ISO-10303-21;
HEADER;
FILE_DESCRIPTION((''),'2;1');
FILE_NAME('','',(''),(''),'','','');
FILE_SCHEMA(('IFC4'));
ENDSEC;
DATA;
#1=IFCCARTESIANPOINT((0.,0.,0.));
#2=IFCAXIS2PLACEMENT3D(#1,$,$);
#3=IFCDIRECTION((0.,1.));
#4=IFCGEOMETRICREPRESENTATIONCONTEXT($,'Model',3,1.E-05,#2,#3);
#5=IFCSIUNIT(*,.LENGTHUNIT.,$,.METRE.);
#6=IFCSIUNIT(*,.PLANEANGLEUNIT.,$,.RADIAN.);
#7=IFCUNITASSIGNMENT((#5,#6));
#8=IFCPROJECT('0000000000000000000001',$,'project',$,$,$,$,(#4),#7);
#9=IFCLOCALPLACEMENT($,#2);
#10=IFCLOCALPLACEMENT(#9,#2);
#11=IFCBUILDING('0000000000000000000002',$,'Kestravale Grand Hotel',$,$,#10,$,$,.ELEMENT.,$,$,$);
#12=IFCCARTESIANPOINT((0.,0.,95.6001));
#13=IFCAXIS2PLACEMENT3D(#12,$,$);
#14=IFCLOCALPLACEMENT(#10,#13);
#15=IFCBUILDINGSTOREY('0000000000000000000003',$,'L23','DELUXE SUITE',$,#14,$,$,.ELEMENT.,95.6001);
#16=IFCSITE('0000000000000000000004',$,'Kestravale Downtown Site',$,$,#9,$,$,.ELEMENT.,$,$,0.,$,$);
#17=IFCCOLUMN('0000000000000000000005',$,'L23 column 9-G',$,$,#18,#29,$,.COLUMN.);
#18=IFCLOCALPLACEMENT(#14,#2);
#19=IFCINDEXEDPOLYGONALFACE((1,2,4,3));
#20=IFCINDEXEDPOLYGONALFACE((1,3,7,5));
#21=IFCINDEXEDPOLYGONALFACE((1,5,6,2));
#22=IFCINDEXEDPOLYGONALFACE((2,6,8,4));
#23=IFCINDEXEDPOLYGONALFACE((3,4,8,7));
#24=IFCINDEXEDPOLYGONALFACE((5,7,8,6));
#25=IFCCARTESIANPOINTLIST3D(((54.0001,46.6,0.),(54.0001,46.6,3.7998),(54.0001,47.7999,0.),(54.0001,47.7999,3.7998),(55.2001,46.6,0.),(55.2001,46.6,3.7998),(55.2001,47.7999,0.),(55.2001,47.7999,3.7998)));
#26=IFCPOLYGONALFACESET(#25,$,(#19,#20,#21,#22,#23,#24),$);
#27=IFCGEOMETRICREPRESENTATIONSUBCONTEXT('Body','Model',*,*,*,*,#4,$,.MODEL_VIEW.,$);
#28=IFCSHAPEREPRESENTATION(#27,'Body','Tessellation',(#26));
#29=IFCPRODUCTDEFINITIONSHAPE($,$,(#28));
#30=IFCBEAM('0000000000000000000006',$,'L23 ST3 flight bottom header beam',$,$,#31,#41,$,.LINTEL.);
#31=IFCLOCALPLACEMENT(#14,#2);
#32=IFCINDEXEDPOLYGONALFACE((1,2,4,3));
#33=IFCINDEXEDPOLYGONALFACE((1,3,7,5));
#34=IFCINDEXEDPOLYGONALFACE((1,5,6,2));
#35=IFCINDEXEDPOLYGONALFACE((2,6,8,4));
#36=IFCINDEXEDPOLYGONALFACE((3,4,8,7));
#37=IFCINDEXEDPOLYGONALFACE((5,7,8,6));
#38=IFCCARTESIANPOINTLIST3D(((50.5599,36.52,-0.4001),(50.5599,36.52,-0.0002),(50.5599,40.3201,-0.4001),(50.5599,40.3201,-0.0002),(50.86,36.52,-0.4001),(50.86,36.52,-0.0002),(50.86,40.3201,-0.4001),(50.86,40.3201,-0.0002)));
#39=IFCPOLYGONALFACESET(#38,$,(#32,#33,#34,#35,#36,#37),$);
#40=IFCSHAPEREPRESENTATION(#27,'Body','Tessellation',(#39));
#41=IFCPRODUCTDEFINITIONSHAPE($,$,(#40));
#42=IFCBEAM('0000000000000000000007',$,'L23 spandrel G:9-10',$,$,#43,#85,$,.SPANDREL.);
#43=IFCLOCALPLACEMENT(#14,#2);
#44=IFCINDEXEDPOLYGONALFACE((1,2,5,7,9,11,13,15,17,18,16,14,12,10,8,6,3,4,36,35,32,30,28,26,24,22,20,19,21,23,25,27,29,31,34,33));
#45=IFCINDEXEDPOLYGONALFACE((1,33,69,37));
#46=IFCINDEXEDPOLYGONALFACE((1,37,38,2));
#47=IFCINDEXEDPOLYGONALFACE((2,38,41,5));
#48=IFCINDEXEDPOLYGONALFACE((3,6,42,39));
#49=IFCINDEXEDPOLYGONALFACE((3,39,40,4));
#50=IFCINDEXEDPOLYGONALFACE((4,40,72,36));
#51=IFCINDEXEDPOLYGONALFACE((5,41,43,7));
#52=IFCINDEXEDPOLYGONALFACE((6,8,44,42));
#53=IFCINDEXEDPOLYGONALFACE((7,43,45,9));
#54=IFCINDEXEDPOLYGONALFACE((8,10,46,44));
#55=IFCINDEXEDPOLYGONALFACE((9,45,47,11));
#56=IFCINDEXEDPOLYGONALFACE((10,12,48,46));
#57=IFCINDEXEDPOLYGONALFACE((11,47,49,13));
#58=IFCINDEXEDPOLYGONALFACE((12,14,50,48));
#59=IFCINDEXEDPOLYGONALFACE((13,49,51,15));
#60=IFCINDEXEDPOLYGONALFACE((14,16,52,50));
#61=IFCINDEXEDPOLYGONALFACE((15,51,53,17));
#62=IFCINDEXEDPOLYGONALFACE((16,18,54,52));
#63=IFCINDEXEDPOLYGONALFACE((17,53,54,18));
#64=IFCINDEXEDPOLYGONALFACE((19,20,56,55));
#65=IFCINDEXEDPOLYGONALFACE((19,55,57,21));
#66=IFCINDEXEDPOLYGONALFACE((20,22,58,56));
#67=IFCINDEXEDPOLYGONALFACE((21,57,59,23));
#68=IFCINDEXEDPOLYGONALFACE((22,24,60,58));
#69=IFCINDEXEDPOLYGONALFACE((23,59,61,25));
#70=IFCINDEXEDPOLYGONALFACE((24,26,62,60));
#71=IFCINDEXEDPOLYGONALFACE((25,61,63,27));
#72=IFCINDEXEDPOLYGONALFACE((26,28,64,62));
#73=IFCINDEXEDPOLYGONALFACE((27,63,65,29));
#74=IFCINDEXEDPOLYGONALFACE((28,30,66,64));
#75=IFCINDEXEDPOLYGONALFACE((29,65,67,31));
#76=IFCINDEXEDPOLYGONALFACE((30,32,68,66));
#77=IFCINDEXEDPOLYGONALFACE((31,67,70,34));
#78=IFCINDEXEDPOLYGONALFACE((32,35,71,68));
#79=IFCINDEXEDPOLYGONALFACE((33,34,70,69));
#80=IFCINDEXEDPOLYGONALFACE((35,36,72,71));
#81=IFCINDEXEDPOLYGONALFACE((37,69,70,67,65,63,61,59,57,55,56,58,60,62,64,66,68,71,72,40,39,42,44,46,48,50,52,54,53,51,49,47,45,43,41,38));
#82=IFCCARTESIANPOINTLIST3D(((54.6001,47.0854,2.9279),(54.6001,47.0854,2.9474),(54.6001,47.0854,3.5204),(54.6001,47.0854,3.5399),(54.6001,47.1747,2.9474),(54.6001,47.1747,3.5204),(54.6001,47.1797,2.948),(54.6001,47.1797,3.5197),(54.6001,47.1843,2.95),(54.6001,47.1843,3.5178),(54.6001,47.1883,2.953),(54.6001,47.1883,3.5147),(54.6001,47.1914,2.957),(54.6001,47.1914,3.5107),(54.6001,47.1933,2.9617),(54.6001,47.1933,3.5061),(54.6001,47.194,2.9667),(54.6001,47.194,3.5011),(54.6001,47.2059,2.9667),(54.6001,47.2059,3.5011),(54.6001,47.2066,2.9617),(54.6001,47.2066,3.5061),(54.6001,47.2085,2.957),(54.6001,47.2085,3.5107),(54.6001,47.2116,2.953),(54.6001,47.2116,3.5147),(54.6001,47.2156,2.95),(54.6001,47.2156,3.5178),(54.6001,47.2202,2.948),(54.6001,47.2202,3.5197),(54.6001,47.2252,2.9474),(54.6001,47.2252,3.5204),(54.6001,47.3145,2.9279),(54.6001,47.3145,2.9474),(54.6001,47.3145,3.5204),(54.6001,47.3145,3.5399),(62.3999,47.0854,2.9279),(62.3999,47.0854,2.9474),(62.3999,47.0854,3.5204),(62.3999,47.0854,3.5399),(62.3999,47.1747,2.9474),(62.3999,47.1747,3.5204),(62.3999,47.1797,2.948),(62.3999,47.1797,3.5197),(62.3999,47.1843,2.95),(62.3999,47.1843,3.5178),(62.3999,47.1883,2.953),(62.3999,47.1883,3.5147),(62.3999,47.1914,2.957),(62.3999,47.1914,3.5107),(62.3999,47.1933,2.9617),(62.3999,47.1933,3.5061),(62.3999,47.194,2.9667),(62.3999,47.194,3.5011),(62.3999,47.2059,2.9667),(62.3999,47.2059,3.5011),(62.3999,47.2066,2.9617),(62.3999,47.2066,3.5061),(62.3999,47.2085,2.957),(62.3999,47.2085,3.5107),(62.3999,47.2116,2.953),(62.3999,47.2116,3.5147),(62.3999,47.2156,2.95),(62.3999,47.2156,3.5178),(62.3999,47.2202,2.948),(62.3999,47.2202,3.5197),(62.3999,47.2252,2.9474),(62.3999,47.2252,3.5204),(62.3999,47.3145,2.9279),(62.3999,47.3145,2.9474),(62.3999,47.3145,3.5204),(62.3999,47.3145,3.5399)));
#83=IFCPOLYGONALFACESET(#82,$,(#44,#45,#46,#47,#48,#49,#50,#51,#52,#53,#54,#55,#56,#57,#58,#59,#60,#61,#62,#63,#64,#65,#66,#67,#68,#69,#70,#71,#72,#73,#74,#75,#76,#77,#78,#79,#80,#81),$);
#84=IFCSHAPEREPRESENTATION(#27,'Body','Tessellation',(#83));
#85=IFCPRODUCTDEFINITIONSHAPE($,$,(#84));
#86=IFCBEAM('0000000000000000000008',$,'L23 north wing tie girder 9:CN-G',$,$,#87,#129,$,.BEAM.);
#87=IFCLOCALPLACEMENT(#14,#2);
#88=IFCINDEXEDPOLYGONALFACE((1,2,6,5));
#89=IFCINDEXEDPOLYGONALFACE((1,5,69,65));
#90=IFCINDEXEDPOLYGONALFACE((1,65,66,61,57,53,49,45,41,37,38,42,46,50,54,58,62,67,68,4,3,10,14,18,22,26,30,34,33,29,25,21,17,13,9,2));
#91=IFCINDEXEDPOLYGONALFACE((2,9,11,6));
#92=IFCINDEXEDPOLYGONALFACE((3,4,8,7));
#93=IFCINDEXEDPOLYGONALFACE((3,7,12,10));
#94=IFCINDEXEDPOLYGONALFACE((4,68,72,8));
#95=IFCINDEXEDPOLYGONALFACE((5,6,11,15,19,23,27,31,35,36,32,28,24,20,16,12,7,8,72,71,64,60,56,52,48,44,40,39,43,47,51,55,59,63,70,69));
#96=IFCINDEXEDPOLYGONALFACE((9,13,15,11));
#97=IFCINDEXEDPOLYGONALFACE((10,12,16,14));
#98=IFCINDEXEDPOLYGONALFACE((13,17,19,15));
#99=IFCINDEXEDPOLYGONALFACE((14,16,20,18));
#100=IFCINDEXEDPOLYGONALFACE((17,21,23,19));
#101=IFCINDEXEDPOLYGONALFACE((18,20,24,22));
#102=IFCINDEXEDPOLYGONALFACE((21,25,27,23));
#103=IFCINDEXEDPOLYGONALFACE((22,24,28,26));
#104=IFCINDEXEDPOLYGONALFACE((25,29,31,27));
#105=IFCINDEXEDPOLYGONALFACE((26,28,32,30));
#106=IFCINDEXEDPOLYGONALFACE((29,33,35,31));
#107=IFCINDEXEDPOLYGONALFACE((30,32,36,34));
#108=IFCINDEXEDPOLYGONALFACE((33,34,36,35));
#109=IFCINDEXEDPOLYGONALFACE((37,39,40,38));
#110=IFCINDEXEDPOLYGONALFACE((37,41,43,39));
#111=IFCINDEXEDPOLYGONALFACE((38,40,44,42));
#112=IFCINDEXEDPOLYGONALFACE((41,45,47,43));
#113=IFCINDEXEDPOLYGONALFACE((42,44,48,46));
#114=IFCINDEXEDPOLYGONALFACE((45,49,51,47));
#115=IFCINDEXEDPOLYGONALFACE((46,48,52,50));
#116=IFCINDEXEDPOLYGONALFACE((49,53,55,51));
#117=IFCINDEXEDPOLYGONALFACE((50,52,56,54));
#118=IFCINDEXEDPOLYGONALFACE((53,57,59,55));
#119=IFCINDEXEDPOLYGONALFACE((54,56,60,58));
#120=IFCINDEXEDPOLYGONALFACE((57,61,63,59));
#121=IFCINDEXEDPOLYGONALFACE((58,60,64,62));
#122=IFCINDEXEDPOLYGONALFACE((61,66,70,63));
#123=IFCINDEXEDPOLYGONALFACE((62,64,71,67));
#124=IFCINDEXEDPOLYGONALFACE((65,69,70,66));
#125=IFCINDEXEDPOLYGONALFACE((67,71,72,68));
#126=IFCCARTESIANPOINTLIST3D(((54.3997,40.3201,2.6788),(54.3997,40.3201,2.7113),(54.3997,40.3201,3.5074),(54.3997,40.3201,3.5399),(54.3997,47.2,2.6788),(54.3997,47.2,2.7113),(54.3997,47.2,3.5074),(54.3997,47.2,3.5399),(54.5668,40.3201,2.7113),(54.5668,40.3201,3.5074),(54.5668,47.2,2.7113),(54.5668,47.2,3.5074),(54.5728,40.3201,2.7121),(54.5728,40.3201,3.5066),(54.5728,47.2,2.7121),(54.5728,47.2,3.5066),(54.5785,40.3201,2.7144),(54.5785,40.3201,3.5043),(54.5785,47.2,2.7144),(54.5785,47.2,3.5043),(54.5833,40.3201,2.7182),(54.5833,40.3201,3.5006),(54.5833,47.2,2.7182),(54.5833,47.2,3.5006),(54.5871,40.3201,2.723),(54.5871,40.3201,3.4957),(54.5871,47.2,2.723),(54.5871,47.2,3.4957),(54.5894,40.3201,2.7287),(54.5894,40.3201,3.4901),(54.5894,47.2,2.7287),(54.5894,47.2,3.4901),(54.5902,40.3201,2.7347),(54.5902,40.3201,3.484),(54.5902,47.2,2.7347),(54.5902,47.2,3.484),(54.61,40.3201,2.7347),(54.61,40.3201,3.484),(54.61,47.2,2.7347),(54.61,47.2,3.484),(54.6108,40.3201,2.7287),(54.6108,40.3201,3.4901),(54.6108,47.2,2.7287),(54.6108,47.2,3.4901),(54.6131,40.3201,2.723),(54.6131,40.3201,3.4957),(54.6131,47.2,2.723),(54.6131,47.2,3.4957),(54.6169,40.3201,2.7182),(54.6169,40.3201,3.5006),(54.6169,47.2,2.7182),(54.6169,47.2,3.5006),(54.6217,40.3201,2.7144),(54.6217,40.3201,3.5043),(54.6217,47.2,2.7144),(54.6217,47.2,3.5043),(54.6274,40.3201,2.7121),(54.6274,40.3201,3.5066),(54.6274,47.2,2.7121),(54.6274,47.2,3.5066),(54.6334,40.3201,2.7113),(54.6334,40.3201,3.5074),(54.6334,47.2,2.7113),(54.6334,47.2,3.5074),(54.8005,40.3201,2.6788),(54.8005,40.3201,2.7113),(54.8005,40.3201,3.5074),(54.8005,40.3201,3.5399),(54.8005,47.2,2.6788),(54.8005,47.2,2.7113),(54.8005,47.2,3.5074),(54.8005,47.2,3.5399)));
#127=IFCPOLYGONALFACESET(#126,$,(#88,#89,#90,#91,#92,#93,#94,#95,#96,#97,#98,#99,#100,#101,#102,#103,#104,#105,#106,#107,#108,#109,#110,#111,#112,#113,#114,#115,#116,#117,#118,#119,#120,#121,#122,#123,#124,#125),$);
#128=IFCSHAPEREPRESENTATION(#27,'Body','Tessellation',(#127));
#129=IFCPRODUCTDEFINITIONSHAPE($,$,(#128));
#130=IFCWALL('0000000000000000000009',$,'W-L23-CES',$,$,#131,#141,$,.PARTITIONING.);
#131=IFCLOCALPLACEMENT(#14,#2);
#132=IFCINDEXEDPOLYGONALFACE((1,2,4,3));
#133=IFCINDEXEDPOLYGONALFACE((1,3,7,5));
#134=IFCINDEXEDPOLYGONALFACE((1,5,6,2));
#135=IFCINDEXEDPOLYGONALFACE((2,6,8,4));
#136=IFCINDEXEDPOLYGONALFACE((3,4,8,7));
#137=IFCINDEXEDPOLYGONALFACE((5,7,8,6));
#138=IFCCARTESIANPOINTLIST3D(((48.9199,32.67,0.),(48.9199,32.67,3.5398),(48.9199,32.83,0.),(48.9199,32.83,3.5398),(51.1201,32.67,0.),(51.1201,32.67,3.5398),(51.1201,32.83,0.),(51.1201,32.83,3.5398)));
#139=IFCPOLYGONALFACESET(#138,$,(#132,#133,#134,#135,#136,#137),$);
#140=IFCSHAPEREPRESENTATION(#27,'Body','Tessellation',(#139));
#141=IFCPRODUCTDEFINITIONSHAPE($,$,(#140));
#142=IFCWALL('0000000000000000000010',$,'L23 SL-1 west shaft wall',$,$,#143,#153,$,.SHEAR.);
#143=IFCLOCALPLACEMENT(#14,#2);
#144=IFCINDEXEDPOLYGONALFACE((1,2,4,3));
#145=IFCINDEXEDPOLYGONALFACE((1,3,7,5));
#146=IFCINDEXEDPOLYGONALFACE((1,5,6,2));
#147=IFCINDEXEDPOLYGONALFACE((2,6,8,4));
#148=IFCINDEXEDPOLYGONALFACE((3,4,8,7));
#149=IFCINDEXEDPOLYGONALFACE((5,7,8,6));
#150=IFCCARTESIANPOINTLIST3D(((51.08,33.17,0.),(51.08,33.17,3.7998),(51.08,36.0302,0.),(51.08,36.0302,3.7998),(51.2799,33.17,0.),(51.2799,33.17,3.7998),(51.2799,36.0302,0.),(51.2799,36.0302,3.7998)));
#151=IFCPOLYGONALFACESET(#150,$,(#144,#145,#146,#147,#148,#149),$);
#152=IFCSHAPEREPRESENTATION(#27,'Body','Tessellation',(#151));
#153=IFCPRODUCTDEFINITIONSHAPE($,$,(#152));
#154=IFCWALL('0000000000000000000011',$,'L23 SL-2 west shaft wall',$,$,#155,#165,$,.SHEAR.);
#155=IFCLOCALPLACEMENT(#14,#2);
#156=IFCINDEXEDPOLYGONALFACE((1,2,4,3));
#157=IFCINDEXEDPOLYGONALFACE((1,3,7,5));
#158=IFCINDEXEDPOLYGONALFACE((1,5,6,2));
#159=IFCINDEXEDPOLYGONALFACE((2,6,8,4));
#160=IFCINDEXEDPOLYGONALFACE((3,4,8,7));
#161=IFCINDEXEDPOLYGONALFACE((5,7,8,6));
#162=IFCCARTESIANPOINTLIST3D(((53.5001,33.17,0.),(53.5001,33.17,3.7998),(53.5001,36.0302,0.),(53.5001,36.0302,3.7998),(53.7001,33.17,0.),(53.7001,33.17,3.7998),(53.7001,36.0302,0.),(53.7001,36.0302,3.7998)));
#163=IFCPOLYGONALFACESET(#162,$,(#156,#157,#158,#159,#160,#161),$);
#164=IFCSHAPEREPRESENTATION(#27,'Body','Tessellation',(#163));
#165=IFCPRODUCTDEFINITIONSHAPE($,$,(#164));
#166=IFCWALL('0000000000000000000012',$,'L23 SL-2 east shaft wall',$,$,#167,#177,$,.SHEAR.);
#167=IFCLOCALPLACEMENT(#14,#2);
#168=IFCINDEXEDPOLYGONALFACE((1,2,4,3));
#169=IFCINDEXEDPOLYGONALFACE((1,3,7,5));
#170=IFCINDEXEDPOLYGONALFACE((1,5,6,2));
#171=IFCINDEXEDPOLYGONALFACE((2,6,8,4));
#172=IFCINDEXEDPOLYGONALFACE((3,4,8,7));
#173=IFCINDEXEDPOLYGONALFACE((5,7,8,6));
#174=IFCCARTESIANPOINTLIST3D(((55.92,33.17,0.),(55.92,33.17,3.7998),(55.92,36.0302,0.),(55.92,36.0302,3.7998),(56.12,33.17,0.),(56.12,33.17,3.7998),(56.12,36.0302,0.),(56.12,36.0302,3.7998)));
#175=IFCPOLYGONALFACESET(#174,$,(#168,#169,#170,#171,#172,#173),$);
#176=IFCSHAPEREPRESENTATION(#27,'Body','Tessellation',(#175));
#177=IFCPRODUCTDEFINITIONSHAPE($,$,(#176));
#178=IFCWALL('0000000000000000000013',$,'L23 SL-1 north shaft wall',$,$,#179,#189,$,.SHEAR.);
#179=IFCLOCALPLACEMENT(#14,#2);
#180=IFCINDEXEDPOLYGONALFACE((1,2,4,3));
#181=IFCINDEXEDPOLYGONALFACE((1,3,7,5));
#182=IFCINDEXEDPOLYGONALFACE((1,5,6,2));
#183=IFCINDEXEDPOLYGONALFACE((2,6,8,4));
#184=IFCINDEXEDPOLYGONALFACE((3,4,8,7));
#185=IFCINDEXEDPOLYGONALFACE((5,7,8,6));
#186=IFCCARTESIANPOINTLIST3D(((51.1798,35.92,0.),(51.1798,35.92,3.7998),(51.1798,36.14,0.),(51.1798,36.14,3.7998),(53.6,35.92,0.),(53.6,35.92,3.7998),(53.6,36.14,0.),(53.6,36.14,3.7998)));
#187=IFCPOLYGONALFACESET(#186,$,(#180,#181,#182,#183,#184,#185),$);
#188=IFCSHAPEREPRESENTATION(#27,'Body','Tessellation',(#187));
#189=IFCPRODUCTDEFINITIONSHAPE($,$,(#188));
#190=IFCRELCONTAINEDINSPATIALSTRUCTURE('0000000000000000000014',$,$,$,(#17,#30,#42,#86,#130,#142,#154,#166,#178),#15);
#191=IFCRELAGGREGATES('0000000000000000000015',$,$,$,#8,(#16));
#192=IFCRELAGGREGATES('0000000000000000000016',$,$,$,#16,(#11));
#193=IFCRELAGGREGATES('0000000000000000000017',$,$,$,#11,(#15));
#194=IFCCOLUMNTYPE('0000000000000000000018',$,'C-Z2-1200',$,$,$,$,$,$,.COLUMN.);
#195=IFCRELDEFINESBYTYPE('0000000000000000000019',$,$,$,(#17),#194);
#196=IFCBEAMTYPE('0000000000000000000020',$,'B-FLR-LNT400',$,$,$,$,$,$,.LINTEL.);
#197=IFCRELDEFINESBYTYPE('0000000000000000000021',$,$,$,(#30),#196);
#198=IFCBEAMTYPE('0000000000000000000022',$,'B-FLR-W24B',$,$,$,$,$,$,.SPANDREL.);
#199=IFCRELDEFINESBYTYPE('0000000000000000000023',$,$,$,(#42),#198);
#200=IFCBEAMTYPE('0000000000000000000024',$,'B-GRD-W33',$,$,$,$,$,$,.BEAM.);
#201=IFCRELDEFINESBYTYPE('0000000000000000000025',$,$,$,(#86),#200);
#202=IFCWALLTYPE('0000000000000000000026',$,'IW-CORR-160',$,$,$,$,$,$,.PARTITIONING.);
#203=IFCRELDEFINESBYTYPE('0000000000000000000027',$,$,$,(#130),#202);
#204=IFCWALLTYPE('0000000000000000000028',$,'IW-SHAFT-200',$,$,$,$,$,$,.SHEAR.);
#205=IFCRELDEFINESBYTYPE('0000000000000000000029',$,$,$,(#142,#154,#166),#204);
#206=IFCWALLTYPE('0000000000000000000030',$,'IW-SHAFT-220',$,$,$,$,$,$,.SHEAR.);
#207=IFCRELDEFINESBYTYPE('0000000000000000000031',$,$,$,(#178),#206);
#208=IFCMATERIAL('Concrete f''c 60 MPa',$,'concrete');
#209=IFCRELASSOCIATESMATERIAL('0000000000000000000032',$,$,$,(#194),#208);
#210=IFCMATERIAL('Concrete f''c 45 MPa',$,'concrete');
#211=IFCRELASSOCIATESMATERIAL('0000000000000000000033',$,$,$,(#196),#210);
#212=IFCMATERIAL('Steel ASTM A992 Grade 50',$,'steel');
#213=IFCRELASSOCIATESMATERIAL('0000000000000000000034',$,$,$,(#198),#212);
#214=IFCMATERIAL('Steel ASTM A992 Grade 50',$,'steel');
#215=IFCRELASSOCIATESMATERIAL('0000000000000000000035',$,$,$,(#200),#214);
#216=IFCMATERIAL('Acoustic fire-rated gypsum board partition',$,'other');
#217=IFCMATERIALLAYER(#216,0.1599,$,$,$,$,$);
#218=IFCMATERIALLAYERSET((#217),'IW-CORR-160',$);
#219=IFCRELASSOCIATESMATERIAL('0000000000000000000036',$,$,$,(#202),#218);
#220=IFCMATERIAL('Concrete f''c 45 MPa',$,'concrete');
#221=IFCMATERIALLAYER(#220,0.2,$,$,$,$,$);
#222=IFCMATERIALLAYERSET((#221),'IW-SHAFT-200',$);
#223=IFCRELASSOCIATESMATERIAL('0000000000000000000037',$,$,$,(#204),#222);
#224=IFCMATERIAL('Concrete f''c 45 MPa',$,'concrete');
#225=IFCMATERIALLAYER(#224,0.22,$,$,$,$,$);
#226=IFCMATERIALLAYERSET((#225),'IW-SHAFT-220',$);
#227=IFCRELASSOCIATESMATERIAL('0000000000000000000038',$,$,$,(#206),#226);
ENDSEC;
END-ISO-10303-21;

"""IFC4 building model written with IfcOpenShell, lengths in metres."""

from ifc_helpers import new_model, si_unit, direction, frame, frame_2d, origin, origin_2d, place, context, subcontext, project, spatial, rectangle, i_section, extrude, material, layer, layer_set, material_profile, profile_set, type_object, element, save


model = new_model("IFC4")

# Units and contexts
model_context = context("Model", 3, precision=1e-05, world=origin(), true_north=direction((0.0, 1.0)))
body_context = subcontext(model_context, "Body", "Model", "MODEL_VIEW")
ifc_project = project(units=[si_unit("LENGTHUNIT", "METRE"), si_unit("PLANEANGLEUNIT", "RADIAN")], contexts=[model_context])

# Site, building, storey
site_placement = place(None, origin())
site = spatial("IfcSite", under=ifc_project, at=site_placement, Name="Kestravale Downtown Site", CompositionType="ELEMENT", RefElevation=0.0)
building_placement = place(site_placement, origin())
building = spatial("IfcBuilding", under=site, at=building_placement, Name="Kestravale Grand Hotel", CompositionType="ELEMENT")
storey_placement = place(building_placement, frame((0.0, 0.0, 95.6001)))
storey = spatial("IfcBuildingStorey", under=building, at=storey_placement, Name="L23", Description="DELUXE SUITE", CompositionType="ELEMENT", Elevation=95.6001)

# Column
ifc_material_1 = material(Name="Concrete f'c 60 MPa", Category="concrete")
ifc_material_profile_1 = material_profile(ifc_material_1, rectangle(XDim=1.2, YDim=1.2, at=origin_2d()))
ifc_profile_set_1 = profile_set([ifc_material_profile_1], Name="Concrete f'c 60 MPa")
column_type = type_object("IfcColumnType", Name="C-Z2-1200", PredefinedType="COLUMN", material=ifc_profile_set_1)
column_placement = place(storey_placement, frame((54.6001, 47.2, 0.0), z_axis=(0.0, 0.0, 1.0), x_axis=(1.0, 0.0, 0.0)))
element("IfcColumn", 1, at=column_placement, inside=storey, type_object=column_type, Name="L23 column 9-G", PredefinedType="COLUMN", context=body_context, shape_type="SweptSolid", body=[
    extrude(rectangle(XDim=1.2, YDim=1.2, at=origin_2d()), origin(), (0.0, 0.0, 1.0), 3.7998),
])

# Beams
ifc_material_2 = material(Name="Concrete f'c 45 MPa", Category="concrete")
ifc_material_profile_2 = material_profile(ifc_material_2, rectangle(XDim=0.3, YDim=0.3999, at=origin_2d()))
ifc_profile_set_2 = profile_set([ifc_material_profile_2], Name="Concrete f'c 45 MPa")
beam_type_1 = type_object("IfcBeamType", Name="B-FLR-LNT400", PredefinedType="LINTEL", material=ifc_profile_set_2)
beam_1_placement = place(storey_placement, frame((50.71, 36.52, -0.2002), z_axis=(0.0, 1.0, 0.0), x_axis=(-1.0, 0.0, 0.0)))
element("IfcBeam", 2, at=beam_1_placement, inside=storey, type_object=beam_type_1, Name="L23 ST3 flight bottom header beam", PredefinedType="LINTEL", context=body_context, shape_type="SweptSolid", body=[
    extrude(rectangle(XDim=0.3, YDim=0.3999, at=origin_2d()), origin(), (0.0, 0.0, 1.0), 3.8),
])
ifc_material_3 = material(Name="Steel ASTM A992 Grade 50", Category="steel")
ifc_material_profile_3 = material_profile(ifc_material_3, i_section(OverallWidth=0.229, OverallDepth=0.6121, WebThickness=0.012, FlangeThickness=0.0195, FilletRadius=0.0193, at=origin_2d()))
ifc_profile_set_3 = profile_set([ifc_material_profile_3], Name="Steel ASTM A992 Grade 50")
beam_type_2 = type_object("IfcBeamType", Name="B-FLR-W24B", PredefinedType="SPANDREL", material=ifc_profile_set_3)
beam_2_placement = place(storey_placement, frame((54.6001, 47.2, 3.2339), z_axis=(1.0, 0.0, 0.0), x_axis=(0.0, 1.0, 0.0)))
element("IfcBeam", 3, at=beam_2_placement, inside=storey, type_object=beam_type_2, Name="L23 spandrel G:9-10", PredefinedType="SPANDREL", context=body_context, shape_type="SweptSolid", body=[
    extrude(i_section(OverallWidth=0.229, OverallDepth=0.6121, WebThickness=0.012, FlangeThickness=0.0195, FilletRadius=0.0193, at=origin_2d()), origin(), (0.0, 0.0, 1.0), 7.7998),
])
ifc_material_4 = material(Name="Steel ASTM A992 Grade 50", Category="steel")
ifc_material_profile_4 = material_profile(ifc_material_4, i_section(OverallWidth=0.4009, OverallDepth=0.8611, WebThickness=0.0198, FlangeThickness=0.0325, FilletRadius=0.0234, at=origin_2d()))
ifc_profile_set_4 = profile_set([ifc_material_profile_4], Name="Steel ASTM A992 Grade 50")
beam_type_3 = type_object("IfcBeamType", Name="B-GRD-W33", PredefinedType="BEAM", material=ifc_profile_set_4)
beam_3_placement = place(storey_placement, frame((54.6001, 40.3201, 3.1094), z_axis=(0.0, 1.0, 0.0), x_axis=(-1.0, 0.0, 0.0)))
element("IfcBeam", 4, at=beam_3_placement, inside=storey, type_object=beam_type_3, Name="L23 north wing tie girder 9:CN-G", PredefinedType="BEAM", context=body_context, shape_type="SweptSolid", body=[
    extrude(i_section(OverallWidth=0.4009, OverallDepth=0.8611, WebThickness=0.0198, FlangeThickness=0.0325, FilletRadius=0.0234, at=origin_2d()), origin(), (0.0, 0.0, 1.0), 6.8799),
])

# Walls
ifc_material_5 = material(Name="Acoustic fire-rated gypsum board partition", Category="other")
ifc_layer_1 = layer(ifc_material_5, 0.1599)
ifc_layer_set_1 = layer_set([ifc_layer_1], Name="IW-CORR-160")
wall_type_1 = type_object("IfcWallType", Name="IW-CORR-160", PredefinedType="PARTITIONING", material=ifc_layer_set_1)
wall_1_placement = place(storey_placement, frame((48.9199, 32.75, 0.0), z_axis=(0.0, 0.0, 1.0), x_axis=(1.0, 0.0, 0.0)))
element("IfcWall", 5, at=wall_1_placement, inside=storey, type_object=wall_type_1, Name="W-L23-CES", PredefinedType="PARTITIONING", context=body_context, shape_type="SweptSolid", body=[
    extrude(rectangle(XDim=2.2002, YDim=0.1599, at=frame_2d((1.1001, 0.0))), origin(), (0.0, 0.0, 1.0), 3.5398),
])
ifc_material_6 = material(Name="Concrete f'c 45 MPa", Category="concrete")
ifc_layer_2 = layer(ifc_material_6, 0.2)
ifc_layer_set_2 = layer_set([ifc_layer_2], Name="IW-SHAFT-200")
wall_type_2 = type_object("IfcWallType", Name="IW-SHAFT-200", PredefinedType="SHEAR", material=ifc_layer_set_2)
for number, where, z_axis, x_axis, name in (
    (6, (51.1799, 33.1699, 0.0), (0.0, 0.0, 1.0), (0.0, 1.0, 0.0), "L23 SL-1 west shaft wall"),
    (7, (53.6001, 33.1699, 0.0), (0.0, 0.0, 1.0), (0.0, 1.0, 0.0), "L23 SL-2 west shaft wall"),
    (8, (56.02, 33.1699, 0.0), (0.0, 0.0, 1.0), (0.0, 1.0, 0.0), "L23 SL-2 east shaft wall"),
):
    element("IfcWall", number, at=place(storey_placement, frame(where, z_axis=z_axis, x_axis=x_axis)), inside=storey, type_object=wall_type_2, Name=name, PredefinedType="SHEAR", context=body_context, shape_type="SweptSolid", body=[
        extrude(rectangle(XDim=2.8601, YDim=0.2, at=frame_2d((1.4302, 0.0))), origin(), (0.0, 0.0, 1.0), 3.7998),
    ])
ifc_material_7 = material(Name="Concrete f'c 45 MPa", Category="concrete")
ifc_layer_3 = layer(ifc_material_7, 0.22)
ifc_layer_set_3 = layer_set([ifc_layer_3], Name="IW-SHAFT-220")
wall_type_3 = type_object("IfcWallType", Name="IW-SHAFT-220", PredefinedType="SHEAR", material=ifc_layer_set_3)
wall_2_placement = place(storey_placement, frame((51.1799, 36.03, 0.0), z_axis=(0.0, 0.0, 1.0), x_axis=(1.0, 0.0, 0.0)))
element("IfcWall", 9, at=wall_2_placement, inside=storey, type_object=wall_type_3, Name="L23 SL-1 north shaft wall", PredefinedType="SHEAR", context=body_context, shape_type="SweptSolid", body=[
    extrude(rectangle(XDim=2.4202, YDim=0.22, at=frame_2d((1.21, 0.0))), origin(), (0.0, 0.0, 1.0), 3.7998),
])

save(model, "model.ifc")
